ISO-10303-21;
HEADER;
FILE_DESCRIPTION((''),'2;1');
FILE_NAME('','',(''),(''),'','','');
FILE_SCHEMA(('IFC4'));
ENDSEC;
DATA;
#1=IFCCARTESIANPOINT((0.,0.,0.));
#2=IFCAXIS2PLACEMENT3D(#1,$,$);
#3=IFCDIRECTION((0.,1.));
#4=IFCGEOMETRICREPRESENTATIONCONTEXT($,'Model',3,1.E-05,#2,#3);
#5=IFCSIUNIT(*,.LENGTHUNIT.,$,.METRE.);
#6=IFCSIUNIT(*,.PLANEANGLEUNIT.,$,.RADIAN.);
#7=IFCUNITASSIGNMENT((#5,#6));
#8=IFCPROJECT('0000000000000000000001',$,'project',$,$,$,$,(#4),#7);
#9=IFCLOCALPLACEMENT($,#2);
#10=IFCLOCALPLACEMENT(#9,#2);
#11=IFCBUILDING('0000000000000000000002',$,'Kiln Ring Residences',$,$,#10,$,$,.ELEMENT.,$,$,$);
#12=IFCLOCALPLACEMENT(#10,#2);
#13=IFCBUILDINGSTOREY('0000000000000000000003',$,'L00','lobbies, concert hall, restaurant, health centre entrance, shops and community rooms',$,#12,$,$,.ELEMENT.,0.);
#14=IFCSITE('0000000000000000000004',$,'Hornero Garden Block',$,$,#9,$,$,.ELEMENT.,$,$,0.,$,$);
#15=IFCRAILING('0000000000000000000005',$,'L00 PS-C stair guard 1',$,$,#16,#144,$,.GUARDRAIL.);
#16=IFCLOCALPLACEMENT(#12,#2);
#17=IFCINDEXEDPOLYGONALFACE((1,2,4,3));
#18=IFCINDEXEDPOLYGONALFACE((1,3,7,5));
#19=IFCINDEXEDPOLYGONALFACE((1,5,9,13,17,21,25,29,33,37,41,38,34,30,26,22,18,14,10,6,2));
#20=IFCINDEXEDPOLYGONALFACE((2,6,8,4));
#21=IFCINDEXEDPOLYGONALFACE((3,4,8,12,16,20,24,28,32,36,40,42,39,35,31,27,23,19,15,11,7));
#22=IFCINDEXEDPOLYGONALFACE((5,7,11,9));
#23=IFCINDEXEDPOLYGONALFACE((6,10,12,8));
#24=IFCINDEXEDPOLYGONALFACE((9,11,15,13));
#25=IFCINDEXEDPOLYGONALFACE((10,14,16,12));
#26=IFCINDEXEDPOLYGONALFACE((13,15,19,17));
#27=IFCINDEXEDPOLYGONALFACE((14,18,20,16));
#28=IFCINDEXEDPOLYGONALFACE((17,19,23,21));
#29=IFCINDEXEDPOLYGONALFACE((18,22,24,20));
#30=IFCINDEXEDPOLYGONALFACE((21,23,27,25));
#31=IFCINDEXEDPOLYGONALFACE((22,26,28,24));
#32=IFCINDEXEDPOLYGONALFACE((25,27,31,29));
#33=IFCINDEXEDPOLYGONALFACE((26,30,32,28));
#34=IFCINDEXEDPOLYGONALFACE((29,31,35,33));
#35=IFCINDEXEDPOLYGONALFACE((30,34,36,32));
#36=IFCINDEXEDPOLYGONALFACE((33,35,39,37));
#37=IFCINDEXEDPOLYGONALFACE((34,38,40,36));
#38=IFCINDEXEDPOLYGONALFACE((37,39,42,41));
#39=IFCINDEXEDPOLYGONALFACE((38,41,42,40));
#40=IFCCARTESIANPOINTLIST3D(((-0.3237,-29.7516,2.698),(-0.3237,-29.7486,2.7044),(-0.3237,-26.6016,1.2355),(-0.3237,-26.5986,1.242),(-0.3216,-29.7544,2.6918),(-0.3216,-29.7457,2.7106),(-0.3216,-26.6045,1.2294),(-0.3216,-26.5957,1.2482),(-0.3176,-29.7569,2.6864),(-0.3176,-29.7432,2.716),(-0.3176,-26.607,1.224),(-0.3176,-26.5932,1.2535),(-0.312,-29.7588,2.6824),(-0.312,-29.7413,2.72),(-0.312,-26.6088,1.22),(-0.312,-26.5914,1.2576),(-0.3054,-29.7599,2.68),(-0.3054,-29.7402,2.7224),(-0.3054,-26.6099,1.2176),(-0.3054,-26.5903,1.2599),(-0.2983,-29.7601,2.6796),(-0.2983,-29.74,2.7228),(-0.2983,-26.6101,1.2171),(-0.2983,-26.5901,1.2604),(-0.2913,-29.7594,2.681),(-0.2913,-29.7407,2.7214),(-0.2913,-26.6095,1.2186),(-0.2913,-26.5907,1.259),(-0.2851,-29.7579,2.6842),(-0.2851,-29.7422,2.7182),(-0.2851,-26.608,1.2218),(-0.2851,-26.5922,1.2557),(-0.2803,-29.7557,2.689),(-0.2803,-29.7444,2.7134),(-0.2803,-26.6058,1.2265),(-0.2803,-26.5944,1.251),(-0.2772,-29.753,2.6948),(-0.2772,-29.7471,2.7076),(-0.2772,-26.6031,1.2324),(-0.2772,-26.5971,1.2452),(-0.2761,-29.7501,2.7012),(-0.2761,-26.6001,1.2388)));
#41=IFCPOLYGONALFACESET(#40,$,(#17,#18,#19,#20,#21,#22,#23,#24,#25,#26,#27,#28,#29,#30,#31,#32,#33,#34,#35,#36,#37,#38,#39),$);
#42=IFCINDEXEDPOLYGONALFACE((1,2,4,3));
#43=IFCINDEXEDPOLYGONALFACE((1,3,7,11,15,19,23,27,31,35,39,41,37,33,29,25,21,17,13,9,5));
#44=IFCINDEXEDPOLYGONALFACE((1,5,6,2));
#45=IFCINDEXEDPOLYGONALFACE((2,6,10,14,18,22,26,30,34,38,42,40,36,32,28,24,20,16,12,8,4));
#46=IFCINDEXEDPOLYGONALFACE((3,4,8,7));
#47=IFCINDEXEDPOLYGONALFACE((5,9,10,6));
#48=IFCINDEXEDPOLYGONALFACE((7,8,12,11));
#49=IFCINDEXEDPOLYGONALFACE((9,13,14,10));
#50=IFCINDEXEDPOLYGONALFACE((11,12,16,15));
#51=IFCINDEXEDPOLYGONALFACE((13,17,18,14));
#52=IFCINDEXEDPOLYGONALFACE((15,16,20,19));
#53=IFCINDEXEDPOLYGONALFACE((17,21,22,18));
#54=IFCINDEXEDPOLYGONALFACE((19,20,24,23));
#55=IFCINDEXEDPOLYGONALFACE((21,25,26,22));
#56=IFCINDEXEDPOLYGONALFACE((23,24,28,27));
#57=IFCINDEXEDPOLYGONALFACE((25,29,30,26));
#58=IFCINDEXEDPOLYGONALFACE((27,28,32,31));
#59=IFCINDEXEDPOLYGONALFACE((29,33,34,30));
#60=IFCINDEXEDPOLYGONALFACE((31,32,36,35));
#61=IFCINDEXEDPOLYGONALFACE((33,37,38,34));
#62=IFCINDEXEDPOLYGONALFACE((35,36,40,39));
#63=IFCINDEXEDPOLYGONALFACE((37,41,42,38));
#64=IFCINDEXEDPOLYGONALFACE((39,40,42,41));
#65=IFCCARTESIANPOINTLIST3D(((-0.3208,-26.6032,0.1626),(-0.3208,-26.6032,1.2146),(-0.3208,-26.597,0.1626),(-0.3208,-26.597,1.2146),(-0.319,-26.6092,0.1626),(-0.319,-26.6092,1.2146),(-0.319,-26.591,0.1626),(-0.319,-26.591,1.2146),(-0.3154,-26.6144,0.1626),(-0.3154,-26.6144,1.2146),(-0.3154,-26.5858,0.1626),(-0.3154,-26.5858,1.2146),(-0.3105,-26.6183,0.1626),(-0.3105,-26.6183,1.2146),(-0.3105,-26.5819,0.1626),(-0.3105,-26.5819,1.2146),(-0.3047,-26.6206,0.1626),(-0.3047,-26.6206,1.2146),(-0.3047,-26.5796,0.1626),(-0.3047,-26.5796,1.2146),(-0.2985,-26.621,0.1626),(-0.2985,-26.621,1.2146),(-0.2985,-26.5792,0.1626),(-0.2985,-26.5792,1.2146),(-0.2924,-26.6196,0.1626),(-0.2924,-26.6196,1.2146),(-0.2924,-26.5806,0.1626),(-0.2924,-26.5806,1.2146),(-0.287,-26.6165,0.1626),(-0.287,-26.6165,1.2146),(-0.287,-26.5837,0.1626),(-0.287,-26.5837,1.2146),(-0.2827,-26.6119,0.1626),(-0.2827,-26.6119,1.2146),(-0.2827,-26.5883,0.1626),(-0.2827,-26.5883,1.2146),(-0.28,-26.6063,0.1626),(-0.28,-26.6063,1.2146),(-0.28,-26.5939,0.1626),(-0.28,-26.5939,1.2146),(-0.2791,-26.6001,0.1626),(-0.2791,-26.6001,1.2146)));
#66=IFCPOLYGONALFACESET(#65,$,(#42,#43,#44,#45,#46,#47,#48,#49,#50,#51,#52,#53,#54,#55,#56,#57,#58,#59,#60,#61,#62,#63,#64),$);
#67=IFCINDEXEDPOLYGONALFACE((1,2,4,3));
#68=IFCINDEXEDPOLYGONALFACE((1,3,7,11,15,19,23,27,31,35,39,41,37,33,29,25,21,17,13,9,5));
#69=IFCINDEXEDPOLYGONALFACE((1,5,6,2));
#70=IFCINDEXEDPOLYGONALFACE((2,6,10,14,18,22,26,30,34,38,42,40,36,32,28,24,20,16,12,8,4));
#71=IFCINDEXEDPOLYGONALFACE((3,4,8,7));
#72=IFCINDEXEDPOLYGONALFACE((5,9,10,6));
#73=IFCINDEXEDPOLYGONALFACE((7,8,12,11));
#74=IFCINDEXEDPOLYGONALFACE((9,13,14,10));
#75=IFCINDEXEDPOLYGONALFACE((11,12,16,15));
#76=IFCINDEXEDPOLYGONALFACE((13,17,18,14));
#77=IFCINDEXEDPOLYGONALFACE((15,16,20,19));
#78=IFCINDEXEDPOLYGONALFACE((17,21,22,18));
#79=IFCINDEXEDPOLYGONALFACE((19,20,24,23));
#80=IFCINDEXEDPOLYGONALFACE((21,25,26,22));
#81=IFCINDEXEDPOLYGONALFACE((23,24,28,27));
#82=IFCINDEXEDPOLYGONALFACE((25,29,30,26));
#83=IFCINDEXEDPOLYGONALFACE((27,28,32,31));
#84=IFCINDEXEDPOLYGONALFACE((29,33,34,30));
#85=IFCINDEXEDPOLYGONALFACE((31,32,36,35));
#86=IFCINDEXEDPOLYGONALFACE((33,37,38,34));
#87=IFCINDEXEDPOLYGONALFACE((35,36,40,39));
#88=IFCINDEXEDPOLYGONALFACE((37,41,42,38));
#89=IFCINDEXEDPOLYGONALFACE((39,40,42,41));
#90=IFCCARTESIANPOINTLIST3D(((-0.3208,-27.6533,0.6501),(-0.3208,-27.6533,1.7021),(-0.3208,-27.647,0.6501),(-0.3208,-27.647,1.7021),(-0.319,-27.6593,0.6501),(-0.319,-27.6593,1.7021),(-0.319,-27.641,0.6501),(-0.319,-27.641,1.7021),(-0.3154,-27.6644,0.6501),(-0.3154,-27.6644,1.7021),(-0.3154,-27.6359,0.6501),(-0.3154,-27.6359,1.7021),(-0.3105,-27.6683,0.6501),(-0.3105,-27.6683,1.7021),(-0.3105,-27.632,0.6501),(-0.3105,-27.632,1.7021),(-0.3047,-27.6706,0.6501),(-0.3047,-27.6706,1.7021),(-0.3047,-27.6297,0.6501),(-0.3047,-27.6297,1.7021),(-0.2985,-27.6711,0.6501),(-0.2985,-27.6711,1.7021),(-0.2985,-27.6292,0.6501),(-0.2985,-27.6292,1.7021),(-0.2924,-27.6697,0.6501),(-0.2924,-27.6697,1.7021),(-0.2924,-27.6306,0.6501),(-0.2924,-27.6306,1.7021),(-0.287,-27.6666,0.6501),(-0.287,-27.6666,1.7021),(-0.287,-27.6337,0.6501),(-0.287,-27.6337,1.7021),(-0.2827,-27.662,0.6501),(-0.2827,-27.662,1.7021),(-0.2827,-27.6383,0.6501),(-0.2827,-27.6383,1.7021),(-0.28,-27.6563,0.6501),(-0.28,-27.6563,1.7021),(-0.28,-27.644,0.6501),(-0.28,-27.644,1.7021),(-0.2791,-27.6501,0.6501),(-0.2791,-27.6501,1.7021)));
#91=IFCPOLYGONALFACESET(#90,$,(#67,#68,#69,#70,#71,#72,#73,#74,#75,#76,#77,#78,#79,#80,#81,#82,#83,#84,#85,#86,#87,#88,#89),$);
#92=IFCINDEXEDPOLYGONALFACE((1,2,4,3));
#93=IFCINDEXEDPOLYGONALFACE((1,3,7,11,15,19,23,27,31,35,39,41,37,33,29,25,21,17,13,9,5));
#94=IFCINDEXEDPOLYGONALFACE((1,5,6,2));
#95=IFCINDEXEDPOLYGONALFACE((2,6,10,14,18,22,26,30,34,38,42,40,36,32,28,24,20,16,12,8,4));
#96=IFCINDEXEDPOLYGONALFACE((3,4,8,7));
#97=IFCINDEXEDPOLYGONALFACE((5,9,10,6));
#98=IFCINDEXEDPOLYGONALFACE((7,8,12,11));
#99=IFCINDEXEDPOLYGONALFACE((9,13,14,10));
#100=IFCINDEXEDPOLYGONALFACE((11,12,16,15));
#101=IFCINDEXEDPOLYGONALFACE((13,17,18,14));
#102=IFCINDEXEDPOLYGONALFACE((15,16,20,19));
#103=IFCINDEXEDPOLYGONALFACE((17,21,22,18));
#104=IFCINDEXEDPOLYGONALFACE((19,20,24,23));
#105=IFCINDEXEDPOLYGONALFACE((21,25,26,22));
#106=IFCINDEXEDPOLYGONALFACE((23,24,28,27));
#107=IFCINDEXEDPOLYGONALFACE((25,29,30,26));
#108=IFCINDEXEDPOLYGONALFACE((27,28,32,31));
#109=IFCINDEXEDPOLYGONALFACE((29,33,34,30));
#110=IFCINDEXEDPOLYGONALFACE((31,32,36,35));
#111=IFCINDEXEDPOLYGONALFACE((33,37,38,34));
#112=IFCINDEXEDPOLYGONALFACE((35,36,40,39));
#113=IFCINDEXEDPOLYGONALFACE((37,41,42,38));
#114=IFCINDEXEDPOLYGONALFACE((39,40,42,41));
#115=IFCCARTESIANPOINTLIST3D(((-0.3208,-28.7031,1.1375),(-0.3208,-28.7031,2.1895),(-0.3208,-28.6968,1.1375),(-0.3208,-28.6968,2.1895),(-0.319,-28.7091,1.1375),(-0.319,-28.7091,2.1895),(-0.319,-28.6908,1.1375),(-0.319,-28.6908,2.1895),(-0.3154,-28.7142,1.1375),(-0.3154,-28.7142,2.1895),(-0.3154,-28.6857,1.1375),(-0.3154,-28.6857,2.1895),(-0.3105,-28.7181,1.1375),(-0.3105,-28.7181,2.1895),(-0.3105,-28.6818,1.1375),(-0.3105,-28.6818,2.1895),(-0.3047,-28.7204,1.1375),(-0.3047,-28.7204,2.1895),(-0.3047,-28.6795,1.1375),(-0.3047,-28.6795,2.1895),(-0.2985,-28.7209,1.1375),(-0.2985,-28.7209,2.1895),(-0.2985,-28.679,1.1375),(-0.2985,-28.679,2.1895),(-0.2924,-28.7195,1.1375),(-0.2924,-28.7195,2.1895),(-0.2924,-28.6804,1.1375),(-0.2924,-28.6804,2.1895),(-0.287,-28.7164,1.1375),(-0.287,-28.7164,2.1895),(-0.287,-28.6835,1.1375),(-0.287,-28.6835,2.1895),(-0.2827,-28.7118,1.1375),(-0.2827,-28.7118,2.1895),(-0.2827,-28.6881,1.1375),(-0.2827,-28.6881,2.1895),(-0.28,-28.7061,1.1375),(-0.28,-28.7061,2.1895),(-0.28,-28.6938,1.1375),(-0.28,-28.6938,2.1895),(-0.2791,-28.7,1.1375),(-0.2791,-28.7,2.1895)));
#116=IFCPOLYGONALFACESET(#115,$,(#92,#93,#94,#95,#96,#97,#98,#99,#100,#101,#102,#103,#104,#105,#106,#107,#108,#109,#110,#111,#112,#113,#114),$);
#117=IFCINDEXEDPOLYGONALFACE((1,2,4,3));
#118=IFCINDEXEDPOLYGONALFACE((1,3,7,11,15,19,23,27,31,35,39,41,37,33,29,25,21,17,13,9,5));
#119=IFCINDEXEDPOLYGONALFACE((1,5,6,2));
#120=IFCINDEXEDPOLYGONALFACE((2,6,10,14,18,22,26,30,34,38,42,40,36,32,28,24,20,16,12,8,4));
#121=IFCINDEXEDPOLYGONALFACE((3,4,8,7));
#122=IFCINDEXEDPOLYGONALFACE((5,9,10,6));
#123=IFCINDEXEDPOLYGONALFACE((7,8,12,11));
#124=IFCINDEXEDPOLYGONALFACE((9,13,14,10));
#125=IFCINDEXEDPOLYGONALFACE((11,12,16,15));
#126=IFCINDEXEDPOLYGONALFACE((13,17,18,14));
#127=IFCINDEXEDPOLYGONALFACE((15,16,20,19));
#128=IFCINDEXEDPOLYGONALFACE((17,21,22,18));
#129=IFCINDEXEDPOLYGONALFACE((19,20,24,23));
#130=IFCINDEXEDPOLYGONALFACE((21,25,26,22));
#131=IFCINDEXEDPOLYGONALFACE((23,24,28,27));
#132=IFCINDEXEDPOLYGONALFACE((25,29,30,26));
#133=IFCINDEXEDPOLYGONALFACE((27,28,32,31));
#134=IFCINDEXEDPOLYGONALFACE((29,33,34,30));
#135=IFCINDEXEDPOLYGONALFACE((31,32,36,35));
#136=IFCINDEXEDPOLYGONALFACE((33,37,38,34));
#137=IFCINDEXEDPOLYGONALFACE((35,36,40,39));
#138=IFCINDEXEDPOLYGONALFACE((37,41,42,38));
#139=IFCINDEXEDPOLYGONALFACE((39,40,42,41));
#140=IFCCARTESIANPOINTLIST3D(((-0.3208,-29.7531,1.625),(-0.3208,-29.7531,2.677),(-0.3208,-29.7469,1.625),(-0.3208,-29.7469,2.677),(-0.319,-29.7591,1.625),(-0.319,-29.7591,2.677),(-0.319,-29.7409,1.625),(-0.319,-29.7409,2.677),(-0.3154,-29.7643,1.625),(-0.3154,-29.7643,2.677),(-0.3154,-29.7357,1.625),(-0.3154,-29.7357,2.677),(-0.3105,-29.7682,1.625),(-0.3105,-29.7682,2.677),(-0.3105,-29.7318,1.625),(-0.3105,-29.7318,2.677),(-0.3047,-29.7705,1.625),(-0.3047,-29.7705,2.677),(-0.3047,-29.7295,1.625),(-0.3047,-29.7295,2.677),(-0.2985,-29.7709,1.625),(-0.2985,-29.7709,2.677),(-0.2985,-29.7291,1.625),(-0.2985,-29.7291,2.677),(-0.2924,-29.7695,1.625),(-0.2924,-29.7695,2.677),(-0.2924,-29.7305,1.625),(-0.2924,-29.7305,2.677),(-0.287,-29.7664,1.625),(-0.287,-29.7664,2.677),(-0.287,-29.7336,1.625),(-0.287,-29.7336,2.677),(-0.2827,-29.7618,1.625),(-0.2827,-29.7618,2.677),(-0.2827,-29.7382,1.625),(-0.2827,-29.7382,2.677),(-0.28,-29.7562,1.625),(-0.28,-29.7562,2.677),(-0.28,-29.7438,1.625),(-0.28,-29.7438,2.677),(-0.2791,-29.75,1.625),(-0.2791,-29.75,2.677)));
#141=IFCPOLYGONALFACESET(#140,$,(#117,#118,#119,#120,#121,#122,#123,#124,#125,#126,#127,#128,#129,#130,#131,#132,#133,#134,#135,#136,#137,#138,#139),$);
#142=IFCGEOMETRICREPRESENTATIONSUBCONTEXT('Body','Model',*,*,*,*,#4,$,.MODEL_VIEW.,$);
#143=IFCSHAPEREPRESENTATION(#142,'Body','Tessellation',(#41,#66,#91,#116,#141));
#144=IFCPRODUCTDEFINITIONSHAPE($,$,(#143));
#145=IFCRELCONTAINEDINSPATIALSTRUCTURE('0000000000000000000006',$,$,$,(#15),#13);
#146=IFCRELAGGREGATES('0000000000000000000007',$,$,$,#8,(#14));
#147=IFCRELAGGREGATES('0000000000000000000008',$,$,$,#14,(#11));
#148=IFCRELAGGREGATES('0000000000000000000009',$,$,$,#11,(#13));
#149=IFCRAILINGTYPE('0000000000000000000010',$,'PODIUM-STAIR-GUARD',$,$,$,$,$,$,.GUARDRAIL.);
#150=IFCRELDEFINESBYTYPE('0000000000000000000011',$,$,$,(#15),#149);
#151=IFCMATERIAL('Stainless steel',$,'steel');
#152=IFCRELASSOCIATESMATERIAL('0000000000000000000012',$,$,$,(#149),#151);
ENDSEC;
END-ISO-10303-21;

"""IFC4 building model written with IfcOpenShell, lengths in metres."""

from ifc_helpers import new_model, si_unit, direction, frame, origin, origin_2d, place, context, subcontext, project, spatial, circle, extrude, material, type_object, element, save


model = new_model("IFC4")

# Units and contexts
model_context = context("Model", 3, precision=1e-05, world=origin(), true_north=direction((0.0, 1.0)))
body_context = subcontext(model_context, "Body", "Model", "MODEL_VIEW")
ifc_project = project(units=[si_unit("LENGTHUNIT", "METRE"), si_unit("PLANEANGLEUNIT", "RADIAN")], contexts=[model_context])

# Site, building, storey
site_placement = place(None, origin())
site = spatial("IfcSite", under=ifc_project, at=site_placement, Name="Hornero Garden Block", CompositionType="ELEMENT", RefElevation=0.0)
building_placement = place(site_placement, origin())
building = spatial("IfcBuilding", under=site, at=building_placement, Name="Kiln Ring Residences", CompositionType="ELEMENT")
storey_placement = place(building_placement, origin())
storey = spatial("IfcBuildingStorey", under=building, at=storey_placement, Name="L00", Description="lobbies, concert hall, restaurant, health centre entrance, shops and community rooms", CompositionType="ELEMENT", Elevation=0.0)

# Railing
ifc_material_1 = material(Name="Stainless steel", Category="steel")
railing_type_1 = type_object("IfcRailingType", Name="PODIUM-STAIR-GUARD", PredefinedType="GUARDRAIL", material=ifc_material_1)
railing_1_placement = place(storey_placement, frame((-0.3, -26.6001, 0.1626)))
element("IfcRailing", 1, at=railing_1_placement, inside=storey, type_object=railing_type_1, Name="L00 PS-C stair guard 1", PredefinedType="GUARDRAIL", context=body_context, shape_type="SweptSolid", body=[
    extrude(circle(Radius=0.0239, at=origin_2d()), frame((0.0, 0.0, 1.0762), z_axis=(0.0, -0.907015, 0.421099), x_axis=(1.0, 0.0, 0.0)), (0.0, 0.0, 1.0), 3.4729),
    extrude(circle(Radius=0.021, at=origin_2d()), origin(), (0.0, 0.0, 1.0), 1.052),
    extrude(circle(Radius=0.021, at=origin_2d()), frame((0.0, -1.05, 0.4875)), (0.0, 0.0, 1.0), 1.052),
    extrude(circle(Radius=0.021, at=origin_2d()), frame((0.0, -2.0999, 0.9749)), (0.0, 0.0, 1.0), 1.052),
    extrude(circle(Radius=0.021, at=origin_2d()), frame((0.0, -3.1499, 1.4624)), (0.0, 0.0, 1.0), 1.052),
])

save(model, "model.ifc")
